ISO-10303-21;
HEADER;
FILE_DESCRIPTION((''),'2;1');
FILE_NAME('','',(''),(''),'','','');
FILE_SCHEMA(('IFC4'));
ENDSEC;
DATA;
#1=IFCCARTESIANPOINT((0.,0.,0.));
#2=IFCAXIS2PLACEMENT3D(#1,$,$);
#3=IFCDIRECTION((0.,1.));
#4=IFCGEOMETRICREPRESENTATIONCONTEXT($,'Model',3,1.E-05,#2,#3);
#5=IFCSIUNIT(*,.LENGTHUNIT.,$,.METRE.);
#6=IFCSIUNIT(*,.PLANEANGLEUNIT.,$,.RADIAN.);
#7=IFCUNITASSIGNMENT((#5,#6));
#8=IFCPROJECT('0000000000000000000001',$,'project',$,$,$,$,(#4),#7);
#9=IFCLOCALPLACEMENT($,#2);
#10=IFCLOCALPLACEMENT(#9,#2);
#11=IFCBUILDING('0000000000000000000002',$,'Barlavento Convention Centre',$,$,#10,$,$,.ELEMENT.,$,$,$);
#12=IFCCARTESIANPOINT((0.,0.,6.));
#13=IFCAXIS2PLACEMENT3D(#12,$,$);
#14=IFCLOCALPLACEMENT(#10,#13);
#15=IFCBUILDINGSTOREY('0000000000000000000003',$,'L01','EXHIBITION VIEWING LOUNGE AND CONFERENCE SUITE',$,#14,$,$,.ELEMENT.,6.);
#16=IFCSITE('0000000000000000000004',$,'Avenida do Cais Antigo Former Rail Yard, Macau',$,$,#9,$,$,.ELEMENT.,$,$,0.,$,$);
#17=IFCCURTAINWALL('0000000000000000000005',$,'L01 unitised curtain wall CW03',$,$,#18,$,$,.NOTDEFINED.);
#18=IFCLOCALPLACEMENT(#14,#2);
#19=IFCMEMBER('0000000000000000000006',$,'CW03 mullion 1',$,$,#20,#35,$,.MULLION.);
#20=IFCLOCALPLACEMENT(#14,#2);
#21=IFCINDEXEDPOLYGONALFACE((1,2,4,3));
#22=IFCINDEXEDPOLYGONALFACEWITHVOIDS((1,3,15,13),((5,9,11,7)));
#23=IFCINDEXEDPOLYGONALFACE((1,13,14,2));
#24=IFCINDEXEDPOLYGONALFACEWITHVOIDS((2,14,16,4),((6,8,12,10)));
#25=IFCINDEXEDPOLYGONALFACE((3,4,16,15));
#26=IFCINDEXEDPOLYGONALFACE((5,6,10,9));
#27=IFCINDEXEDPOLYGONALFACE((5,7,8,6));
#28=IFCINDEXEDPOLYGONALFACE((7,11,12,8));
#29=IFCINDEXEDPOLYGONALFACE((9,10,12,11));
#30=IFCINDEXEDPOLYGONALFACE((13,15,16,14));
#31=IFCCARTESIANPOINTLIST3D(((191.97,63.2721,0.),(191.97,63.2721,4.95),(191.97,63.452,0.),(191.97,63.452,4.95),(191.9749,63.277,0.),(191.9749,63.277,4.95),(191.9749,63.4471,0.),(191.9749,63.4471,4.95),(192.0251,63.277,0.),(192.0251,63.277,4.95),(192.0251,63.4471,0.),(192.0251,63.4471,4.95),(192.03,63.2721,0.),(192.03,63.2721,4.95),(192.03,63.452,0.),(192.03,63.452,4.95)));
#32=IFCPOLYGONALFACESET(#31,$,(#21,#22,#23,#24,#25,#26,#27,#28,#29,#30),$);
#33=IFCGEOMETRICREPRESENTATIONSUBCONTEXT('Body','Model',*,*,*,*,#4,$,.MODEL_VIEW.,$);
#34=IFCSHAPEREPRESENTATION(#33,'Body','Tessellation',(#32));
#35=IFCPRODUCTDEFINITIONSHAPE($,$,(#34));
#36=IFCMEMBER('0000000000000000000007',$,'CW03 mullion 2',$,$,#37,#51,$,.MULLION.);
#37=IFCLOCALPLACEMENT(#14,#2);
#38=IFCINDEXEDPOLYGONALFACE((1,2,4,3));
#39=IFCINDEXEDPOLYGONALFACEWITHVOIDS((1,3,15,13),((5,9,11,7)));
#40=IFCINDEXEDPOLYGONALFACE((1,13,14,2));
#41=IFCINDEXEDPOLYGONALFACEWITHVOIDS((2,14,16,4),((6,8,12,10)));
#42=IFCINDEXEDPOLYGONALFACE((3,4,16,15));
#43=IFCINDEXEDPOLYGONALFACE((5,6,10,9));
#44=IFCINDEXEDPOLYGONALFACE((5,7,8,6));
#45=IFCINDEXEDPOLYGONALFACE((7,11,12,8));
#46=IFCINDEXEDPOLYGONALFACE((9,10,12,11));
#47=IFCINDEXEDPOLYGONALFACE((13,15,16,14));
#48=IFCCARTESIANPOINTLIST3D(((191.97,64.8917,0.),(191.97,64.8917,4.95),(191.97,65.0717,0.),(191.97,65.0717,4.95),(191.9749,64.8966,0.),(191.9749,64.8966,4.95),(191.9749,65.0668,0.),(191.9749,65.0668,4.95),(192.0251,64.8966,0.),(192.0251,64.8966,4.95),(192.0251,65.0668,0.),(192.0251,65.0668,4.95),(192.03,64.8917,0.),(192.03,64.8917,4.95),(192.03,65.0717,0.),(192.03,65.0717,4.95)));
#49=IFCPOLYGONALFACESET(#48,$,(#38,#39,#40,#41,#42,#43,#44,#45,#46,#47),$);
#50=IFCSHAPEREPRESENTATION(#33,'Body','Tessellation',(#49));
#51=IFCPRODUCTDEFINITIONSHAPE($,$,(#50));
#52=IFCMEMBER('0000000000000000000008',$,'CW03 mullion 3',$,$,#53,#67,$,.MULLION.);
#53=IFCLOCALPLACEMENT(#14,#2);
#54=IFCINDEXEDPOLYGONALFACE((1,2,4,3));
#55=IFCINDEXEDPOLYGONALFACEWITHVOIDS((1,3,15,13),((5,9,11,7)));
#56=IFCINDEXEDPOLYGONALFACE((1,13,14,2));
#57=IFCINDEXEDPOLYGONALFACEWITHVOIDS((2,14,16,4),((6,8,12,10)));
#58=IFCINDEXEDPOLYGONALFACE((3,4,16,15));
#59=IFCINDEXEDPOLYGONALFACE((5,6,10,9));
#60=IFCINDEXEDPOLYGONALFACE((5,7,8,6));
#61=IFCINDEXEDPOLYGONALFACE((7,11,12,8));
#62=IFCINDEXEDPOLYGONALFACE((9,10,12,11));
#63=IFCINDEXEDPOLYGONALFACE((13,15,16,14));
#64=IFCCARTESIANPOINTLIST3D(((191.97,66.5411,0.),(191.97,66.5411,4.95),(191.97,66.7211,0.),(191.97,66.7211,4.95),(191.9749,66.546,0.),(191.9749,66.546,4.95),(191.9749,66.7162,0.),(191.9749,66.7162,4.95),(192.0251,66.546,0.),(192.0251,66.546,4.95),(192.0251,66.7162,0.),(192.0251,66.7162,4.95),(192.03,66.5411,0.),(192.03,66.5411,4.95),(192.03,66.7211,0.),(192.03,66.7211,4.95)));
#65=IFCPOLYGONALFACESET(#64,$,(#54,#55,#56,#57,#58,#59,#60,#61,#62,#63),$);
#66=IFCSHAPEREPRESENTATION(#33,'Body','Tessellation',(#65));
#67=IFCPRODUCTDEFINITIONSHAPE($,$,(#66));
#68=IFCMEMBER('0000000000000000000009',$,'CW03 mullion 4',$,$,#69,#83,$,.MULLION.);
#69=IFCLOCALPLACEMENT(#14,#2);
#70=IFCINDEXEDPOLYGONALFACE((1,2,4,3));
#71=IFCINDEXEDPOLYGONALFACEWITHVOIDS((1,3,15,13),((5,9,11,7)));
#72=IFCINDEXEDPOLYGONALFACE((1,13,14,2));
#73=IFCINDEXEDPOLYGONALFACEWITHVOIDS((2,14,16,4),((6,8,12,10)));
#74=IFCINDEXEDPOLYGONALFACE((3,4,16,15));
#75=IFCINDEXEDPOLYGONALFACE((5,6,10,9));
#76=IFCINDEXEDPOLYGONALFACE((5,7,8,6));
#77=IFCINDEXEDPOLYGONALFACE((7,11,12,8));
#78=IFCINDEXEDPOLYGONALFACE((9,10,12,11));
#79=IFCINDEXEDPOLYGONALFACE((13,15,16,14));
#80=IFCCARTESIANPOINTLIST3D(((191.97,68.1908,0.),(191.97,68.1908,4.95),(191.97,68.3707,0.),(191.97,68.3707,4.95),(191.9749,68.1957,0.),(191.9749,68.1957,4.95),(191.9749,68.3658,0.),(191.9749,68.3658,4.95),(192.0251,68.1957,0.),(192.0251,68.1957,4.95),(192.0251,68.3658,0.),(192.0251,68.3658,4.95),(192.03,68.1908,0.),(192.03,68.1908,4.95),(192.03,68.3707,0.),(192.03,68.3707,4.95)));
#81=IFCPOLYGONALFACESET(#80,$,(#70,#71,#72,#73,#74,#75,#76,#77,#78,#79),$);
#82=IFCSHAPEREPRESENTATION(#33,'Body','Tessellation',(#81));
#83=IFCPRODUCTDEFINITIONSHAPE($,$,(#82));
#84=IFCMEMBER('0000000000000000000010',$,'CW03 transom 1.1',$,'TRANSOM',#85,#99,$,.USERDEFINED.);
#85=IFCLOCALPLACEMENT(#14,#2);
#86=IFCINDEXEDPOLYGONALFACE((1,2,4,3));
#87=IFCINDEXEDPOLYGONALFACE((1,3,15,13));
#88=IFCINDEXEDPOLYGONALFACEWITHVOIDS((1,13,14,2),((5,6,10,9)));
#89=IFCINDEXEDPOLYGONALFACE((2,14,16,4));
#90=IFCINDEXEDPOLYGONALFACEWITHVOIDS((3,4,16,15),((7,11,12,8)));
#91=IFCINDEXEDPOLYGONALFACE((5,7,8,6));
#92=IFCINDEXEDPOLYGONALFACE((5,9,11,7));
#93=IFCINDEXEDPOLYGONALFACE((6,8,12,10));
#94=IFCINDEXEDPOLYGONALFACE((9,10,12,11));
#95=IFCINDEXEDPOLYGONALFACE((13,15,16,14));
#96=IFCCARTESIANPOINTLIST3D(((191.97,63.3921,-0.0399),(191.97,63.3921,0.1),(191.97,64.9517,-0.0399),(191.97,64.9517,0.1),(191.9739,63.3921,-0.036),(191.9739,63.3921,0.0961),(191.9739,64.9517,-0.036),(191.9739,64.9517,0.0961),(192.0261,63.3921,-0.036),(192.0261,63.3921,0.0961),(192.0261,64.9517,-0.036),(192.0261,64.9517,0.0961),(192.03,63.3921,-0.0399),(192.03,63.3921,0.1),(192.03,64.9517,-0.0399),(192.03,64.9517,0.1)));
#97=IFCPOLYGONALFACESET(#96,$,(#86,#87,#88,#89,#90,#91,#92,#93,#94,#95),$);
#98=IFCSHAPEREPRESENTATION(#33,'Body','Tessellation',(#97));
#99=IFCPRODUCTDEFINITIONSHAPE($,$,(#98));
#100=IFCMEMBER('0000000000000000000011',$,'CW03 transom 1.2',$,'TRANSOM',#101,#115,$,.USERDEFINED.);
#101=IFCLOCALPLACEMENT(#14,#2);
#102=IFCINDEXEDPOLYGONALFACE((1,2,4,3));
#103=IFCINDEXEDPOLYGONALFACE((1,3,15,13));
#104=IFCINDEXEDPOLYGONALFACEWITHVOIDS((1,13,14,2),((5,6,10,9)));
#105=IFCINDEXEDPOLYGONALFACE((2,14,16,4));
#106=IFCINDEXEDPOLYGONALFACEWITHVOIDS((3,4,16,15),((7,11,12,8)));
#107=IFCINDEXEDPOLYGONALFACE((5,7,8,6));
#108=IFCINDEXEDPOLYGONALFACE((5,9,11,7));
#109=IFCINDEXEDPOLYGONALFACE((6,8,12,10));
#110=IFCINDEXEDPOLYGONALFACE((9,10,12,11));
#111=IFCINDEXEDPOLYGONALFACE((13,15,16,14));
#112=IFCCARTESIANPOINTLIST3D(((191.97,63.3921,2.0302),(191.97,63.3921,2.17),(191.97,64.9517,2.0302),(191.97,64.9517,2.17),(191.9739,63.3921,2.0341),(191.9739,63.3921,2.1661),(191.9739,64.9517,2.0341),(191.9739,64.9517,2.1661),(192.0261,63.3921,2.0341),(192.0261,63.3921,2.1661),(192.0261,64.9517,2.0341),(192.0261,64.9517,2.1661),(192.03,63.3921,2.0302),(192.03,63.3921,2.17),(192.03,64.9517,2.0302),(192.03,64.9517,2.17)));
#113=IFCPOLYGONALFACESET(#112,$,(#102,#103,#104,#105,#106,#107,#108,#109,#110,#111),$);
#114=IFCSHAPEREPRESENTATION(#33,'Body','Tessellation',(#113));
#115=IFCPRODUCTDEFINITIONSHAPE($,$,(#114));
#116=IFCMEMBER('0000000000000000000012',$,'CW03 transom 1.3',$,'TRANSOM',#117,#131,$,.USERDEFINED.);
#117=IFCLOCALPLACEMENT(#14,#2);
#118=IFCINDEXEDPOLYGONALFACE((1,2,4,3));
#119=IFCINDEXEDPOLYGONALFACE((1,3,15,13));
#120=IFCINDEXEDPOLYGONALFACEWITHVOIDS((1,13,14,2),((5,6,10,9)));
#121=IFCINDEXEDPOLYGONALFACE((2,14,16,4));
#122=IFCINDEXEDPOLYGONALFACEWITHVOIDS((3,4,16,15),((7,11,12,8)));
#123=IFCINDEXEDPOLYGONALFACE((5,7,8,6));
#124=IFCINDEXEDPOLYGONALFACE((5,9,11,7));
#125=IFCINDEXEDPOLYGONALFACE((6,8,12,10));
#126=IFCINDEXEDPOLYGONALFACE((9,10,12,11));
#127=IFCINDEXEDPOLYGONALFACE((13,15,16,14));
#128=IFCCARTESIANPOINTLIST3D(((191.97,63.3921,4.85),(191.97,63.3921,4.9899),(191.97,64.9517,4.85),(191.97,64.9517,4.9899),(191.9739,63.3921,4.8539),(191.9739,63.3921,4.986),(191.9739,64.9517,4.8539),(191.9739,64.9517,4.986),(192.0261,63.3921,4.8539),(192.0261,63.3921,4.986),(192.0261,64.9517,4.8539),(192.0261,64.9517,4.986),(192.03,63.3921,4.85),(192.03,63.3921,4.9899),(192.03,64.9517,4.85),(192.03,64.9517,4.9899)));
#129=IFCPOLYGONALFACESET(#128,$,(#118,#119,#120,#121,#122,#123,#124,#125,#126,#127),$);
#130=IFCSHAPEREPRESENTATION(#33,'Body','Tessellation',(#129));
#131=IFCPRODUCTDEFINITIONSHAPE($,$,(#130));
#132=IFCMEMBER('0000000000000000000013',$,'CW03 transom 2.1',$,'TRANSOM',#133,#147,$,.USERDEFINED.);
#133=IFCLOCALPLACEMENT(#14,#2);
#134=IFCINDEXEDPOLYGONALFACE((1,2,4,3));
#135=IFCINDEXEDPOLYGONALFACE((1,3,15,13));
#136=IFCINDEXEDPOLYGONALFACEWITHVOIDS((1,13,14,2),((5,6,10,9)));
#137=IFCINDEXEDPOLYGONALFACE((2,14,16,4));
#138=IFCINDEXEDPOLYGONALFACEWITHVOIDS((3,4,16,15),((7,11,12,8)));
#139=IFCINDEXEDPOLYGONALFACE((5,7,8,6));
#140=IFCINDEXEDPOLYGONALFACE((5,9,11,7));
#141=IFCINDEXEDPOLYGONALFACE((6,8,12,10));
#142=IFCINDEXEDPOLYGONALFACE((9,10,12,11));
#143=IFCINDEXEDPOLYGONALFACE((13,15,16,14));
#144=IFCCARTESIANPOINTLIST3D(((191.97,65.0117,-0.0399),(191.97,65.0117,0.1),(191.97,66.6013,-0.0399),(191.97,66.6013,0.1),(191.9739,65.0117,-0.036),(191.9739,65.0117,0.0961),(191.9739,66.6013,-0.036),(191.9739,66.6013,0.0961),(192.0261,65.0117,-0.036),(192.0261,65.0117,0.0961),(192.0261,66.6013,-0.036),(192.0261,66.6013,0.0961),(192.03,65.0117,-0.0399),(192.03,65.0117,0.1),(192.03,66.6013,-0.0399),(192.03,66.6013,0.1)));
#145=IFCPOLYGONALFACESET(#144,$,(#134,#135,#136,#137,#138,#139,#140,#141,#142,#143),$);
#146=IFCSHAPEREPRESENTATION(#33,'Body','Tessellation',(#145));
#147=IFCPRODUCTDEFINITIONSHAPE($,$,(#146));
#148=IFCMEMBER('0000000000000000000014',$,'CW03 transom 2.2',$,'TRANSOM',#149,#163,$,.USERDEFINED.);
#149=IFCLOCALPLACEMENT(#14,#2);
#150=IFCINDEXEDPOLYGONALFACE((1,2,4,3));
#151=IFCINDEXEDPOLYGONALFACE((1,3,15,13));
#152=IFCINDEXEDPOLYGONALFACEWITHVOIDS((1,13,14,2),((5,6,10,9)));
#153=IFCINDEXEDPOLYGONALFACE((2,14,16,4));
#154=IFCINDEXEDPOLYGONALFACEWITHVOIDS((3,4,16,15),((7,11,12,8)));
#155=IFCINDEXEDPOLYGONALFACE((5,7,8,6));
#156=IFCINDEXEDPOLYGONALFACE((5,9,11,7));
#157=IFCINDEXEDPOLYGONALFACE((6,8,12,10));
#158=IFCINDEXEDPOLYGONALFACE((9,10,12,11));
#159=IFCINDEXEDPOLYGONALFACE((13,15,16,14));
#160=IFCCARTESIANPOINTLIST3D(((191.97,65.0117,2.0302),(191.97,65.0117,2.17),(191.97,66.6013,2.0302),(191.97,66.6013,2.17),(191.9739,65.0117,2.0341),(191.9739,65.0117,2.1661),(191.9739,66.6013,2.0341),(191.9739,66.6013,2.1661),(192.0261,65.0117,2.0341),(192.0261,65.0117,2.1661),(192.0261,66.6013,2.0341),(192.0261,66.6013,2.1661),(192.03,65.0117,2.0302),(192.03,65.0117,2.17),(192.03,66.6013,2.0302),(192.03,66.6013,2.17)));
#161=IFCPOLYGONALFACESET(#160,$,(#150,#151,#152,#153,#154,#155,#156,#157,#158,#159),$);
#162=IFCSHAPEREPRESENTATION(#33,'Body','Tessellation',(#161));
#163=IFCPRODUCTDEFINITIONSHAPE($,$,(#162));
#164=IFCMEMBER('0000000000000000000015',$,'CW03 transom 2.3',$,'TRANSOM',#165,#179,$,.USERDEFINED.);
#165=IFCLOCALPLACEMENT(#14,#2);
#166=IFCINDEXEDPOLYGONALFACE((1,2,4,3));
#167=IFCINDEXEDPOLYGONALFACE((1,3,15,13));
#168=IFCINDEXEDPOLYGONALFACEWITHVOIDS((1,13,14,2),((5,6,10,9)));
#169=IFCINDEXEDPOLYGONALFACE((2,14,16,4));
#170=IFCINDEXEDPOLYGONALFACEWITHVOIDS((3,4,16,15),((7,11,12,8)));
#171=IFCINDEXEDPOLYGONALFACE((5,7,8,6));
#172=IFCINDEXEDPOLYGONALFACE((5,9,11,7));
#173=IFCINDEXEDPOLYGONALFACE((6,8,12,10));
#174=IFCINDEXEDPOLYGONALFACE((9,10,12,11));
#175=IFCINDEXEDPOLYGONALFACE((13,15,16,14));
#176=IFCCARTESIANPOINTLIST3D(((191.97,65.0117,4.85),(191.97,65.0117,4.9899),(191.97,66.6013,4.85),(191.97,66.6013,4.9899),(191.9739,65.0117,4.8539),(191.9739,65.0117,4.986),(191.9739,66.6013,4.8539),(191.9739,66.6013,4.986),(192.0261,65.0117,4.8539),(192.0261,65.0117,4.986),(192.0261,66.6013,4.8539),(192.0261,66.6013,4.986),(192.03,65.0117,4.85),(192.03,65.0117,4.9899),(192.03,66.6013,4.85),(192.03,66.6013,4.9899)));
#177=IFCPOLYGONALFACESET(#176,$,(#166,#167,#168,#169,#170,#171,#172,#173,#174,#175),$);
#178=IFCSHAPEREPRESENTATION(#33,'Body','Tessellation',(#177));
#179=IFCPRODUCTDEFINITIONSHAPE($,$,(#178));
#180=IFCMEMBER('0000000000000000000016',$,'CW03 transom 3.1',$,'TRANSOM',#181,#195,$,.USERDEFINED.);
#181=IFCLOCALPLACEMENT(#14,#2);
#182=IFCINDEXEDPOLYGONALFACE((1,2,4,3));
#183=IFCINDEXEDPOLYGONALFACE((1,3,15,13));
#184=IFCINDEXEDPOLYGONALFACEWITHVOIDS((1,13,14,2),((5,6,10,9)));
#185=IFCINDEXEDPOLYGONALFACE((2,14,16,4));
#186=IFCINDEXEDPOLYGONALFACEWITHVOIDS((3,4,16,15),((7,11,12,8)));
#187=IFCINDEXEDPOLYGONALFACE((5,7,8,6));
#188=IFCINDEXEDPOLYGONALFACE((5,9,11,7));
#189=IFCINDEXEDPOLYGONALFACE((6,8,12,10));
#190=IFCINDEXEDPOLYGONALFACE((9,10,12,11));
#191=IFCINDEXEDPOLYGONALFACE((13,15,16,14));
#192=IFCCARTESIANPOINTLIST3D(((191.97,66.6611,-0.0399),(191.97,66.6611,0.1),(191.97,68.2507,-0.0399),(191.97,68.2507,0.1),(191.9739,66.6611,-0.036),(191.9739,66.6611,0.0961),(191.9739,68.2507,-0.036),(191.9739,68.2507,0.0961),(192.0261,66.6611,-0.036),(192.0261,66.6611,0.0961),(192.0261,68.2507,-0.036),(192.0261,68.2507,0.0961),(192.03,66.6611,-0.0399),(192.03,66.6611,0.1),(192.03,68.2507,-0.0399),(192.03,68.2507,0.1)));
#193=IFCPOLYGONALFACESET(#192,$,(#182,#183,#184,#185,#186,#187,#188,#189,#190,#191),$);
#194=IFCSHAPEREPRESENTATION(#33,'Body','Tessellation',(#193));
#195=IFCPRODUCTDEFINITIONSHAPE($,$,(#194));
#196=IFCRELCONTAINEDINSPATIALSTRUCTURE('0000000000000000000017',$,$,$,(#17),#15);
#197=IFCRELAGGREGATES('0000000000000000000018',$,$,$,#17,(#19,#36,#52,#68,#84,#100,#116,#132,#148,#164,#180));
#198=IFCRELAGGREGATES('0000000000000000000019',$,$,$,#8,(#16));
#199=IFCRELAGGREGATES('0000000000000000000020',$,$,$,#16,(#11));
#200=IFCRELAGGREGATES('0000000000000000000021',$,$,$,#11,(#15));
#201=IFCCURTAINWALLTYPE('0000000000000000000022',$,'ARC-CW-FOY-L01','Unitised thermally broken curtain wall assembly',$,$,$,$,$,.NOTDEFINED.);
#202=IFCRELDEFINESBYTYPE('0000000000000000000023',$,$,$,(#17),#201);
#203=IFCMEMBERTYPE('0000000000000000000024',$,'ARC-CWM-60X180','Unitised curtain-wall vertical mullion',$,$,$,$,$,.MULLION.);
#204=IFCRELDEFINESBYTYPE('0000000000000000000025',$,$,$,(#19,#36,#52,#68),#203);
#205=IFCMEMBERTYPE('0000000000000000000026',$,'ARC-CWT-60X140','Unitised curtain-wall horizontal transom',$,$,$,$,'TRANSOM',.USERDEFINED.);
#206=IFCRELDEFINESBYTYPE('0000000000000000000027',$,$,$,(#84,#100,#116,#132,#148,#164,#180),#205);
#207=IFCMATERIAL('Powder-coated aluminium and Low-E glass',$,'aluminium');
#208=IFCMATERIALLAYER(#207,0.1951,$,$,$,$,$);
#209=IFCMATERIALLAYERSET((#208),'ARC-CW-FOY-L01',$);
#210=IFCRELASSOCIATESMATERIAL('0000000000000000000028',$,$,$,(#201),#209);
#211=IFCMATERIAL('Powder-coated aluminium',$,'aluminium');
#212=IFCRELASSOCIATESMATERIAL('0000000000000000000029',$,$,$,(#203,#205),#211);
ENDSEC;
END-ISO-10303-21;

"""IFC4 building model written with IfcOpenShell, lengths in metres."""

from ifc_helpers import new_model, si_unit, direction, frame, origin, origin_2d, place, context, subcontext, project, spatial, hollow_rectangle, extrude, material, layer, layer_set, material_profile, profile_set, type_object, element, aggregate, save


model = new_model("IFC4")

# Units and contexts
model_context = context("Model", 3, precision=1e-05, world=origin(), true_north=direction((0.0, 1.0)))
body_context = subcontext(model_context, "Body", "Model", "MODEL_VIEW")
ifc_project = project(units=[si_unit("LENGTHUNIT", "METRE"), si_unit("PLANEANGLEUNIT", "RADIAN")], contexts=[model_context])

# Site, building, storey
site_placement = place(None, origin())
site = spatial("IfcSite", under=ifc_project, at=site_placement, Name="Avenida do Cais Antigo Former Rail Yard, Macau", CompositionType="ELEMENT", RefElevation=0.0)
building_placement = place(site_placement, origin())
building = spatial("IfcBuilding", under=site, at=building_placement, Name="Barlavento Convention Centre", CompositionType="ELEMENT")
storey_placement = place(building_placement, frame((0.0, 0.0, 6.0)))
storey = spatial("IfcBuildingStorey", under=building, at=storey_placement, Name="L01", Description="EXHIBITION VIEWING LOUNGE AND CONFERENCE SUITE", CompositionType="ELEMENT", Elevation=6.0)

# Curtain wall, members
ifc_material_1 = material(Name="Powder-coated aluminium and Low-E glass", Category="aluminium")
ifc_layer_1 = layer(ifc_material_1, 0.1951)
ifc_layer_set_1 = layer_set([ifc_layer_1], Name="ARC-CW-FOY-L01")
curtain_wall_type = type_object("IfcCurtainWallType", Name="ARC-CW-FOY-L01", Description="Unitised thermally broken curtain wall assembly", PredefinedType="NOTDEFINED", material=ifc_layer_set_1)
curtain_wall_placement = place(storey_placement, origin())
curtain_wall = element("IfcCurtainWall", 1, at=curtain_wall_placement, inside=storey, type_object=curtain_wall_type, Name="L01 unitised curtain wall CW03", PredefinedType="NOTDEFINED")
ifc_material_2 = material(Name="Powder-coated aluminium", Category="aluminium")
ifc_material_profile_1 = material_profile(ifc_material_2, hollow_rectangle(XDim=0.0601, YDim=0.1799, WallThickness=0.0049, at=origin_2d()), Name="AL-MULL 60x180x5")
ifc_profile_set_1 = profile_set([ifc_material_profile_1], Name="Powder-coated aluminium")
member_type_1 = type_object("IfcMemberType", Name="ARC-CWM-60X180", Description="Unitised curtain-wall vertical mullion", PredefinedType="MULLION", material=ifc_profile_set_1)
member_1_placement = place(storey_placement, frame((192.0, 63.3621, 0.0), z_axis=(0.0, 0.0, 1.0), x_axis=(-1.0, 0.0, 0.0)))
member_1 = element("IfcMember", 2, at=member_1_placement, type_object=member_type_1, Name="CW03 mullion 1", PredefinedType="MULLION", context=body_context, shape_type="SweptSolid", body=[
    extrude(hollow_rectangle(XDim=0.0601, YDim=0.1799, WallThickness=0.0049, at=origin_2d()), origin(), (0.0, 0.0, 1.0), 4.95),
])
member_2_placement = place(storey_placement, frame((192.0, 64.9817, 0.0), z_axis=(0.0, 0.0, 1.0), x_axis=(-1.0, 0.0, 0.0)))
member_2 = element("IfcMember", 3, at=member_2_placement, type_object=member_type_1, Name="CW03 mullion 2", PredefinedType="MULLION", context=body_context, shape_type="SweptSolid", body=[
    extrude(hollow_rectangle(XDim=0.0601, YDim=0.1799, WallThickness=0.0049, at=origin_2d()), origin(), (0.0, 0.0, 1.0), 4.95),
])
member_3_placement = place(storey_placement, frame((192.0, 66.6311, 0.0), z_axis=(0.0, 0.0, 1.0), x_axis=(-1.0, 0.0, 0.0)))
member_3 = element("IfcMember", 4, at=member_3_placement, type_object=member_type_1, Name="CW03 mullion 3", PredefinedType="MULLION", context=body_context, shape_type="SweptSolid", body=[
    extrude(hollow_rectangle(XDim=0.0601, YDim=0.1799, WallThickness=0.0049, at=origin_2d()), origin(), (0.0, 0.0, 1.0), 4.95),
])
member_4_placement = place(storey_placement, frame((192.0, 68.2808, 0.0), z_axis=(0.0, 0.0, 1.0), x_axis=(-1.0, 0.0, 0.0)))
member_4 = element("IfcMember", 5, at=member_4_placement, type_object=member_type_1, Name="CW03 mullion 4", PredefinedType="MULLION", context=body_context, shape_type="SweptSolid", body=[
    extrude(hollow_rectangle(XDim=0.0601, YDim=0.1799, WallThickness=0.0049, at=origin_2d()), origin(), (0.0, 0.0, 1.0), 4.95),
])
ifc_material_profile_2 = material_profile(ifc_material_2, hollow_rectangle(XDim=0.0601, YDim=0.1399, WallThickness=0.0039, at=origin_2d()), Name="AL-TRAN 60x140x4")
ifc_profile_set_2 = profile_set([ifc_material_profile_2], Name="Powder-coated aluminium")
member_type_2 = type_object("IfcMemberType", Name="ARC-CWT-60X140", Description="Unitised curtain-wall horizontal transom", ElementType="TRANSOM", PredefinedType="USERDEFINED", material=ifc_profile_set_2)
member_5_placement = place(storey_placement, frame((192.0, 63.3921, 0.03), z_axis=(0.0, 1.0, 0.0), x_axis=(-1.0, 0.0, 0.0)))
member_5 = element("IfcMember", 6, at=member_5_placement, type_object=member_type_2, Name="CW03 transom 1.1", ObjectType="TRANSOM", PredefinedType="USERDEFINED", context=body_context, shape_type="SweptSolid", body=[
    extrude(hollow_rectangle(XDim=0.0601, YDim=0.1399, WallThickness=0.0039, at=origin_2d()), origin(), (0.0, 0.0, 1.0), 1.5596),
])
member_6_placement = place(storey_placement, frame((192.0, 63.3921, 2.1001), z_axis=(0.0, 1.0, 0.0), x_axis=(-1.0, 0.0, 0.0)))
member_6 = element("IfcMember", 7, at=member_6_placement, type_object=member_type_2, Name="CW03 transom 1.2", ObjectType="TRANSOM", PredefinedType="USERDEFINED", context=body_context, shape_type="SweptSolid", body=[
    extrude(hollow_rectangle(XDim=0.0601, YDim=0.1399, WallThickness=0.0039, at=origin_2d()), origin(), (0.0, 0.0, 1.0), 1.5596),
])
member_7_placement = place(storey_placement, frame((192.0, 63.3921, 4.9199), z_axis=(0.0, 1.0, 0.0), x_axis=(-1.0, 0.0, 0.0)))
member_7 = element("IfcMember", 8, at=member_7_placement, type_object=member_type_2, Name="CW03 transom 1.3", ObjectType="TRANSOM", PredefinedType="USERDEFINED", context=body_context, shape_type="SweptSolid", body=[
    extrude(hollow_rectangle(XDim=0.0601, YDim=0.1399, WallThickness=0.0039, at=origin_2d()), origin(), (0.0, 0.0, 1.0), 1.5596),
])
member_8_placement = place(storey_placement, frame((192.0, 65.0117, 0.03), z_axis=(0.0, 1.0, 0.0), x_axis=(-1.0, 0.0, 0.0)))
member_8 = element("IfcMember", 9, at=member_8_placement, type_object=member_type_2, Name="CW03 transom 2.1", ObjectType="TRANSOM", PredefinedType="USERDEFINED", context=body_context, shape_type="SweptSolid", body=[
    extrude(hollow_rectangle(XDim=0.0601, YDim=0.1399, WallThickness=0.0039, at=origin_2d()), origin(), (0.0, 0.0, 1.0), 1.5896),
])
member_9_placement = place(storey_placement, frame((192.0, 65.0117, 2.1001), z_axis=(0.0, 1.0, 0.0), x_axis=(-1.0, 0.0, 0.0)))
member_9 = element("IfcMember", 10, at=member_9_placement, type_object=member_type_2, Name="CW03 transom 2.2", ObjectType="TRANSOM", PredefinedType="USERDEFINED", context=body_context, shape_type="SweptSolid", body=[
    extrude(hollow_rectangle(XDim=0.0601, YDim=0.1399, WallThickness=0.0039, at=origin_2d()), origin(), (0.0, 0.0, 1.0), 1.5896),
])
member_10_placement = place(storey_placement, frame((192.0, 65.0117, 4.9199), z_axis=(0.0, 1.0, 0.0), x_axis=(-1.0, 0.0, 0.0)))
member_10 = element("IfcMember", 11, at=member_10_placement, type_object=member_type_2, Name="CW03 transom 2.3", ObjectType="TRANSOM", PredefinedType="USERDEFINED", context=body_context, shape_type="SweptSolid", body=[
    extrude(hollow_rectangle(XDim=0.0601, YDim=0.1399, WallThickness=0.0039, at=origin_2d()), origin(), (0.0, 0.0, 1.0), 1.5896),
])
member_11_placement = place(storey_placement, frame((192.0, 66.6611, 0.03), z_axis=(0.0, 1.0, 0.0), x_axis=(-1.0, 0.0, 0.0)))
member_11 = element("IfcMember", 12, at=member_11_placement, type_object=member_type_2, Name="CW03 transom 3.1", ObjectType="TRANSOM", PredefinedType="USERDEFINED", context=body_context, shape_type="SweptSolid", body=[
    extrude(hollow_rectangle(XDim=0.0601, YDim=0.1399, WallThickness=0.0039, at=origin_2d()), origin(), (0.0, 0.0, 1.0), 1.5896),
])
aggregate(curtain_wall, [member_1, member_2, member_3, member_4, member_5, member_6, member_7, member_8, member_9, member_10, member_11])

save(model, "model.ifc")
